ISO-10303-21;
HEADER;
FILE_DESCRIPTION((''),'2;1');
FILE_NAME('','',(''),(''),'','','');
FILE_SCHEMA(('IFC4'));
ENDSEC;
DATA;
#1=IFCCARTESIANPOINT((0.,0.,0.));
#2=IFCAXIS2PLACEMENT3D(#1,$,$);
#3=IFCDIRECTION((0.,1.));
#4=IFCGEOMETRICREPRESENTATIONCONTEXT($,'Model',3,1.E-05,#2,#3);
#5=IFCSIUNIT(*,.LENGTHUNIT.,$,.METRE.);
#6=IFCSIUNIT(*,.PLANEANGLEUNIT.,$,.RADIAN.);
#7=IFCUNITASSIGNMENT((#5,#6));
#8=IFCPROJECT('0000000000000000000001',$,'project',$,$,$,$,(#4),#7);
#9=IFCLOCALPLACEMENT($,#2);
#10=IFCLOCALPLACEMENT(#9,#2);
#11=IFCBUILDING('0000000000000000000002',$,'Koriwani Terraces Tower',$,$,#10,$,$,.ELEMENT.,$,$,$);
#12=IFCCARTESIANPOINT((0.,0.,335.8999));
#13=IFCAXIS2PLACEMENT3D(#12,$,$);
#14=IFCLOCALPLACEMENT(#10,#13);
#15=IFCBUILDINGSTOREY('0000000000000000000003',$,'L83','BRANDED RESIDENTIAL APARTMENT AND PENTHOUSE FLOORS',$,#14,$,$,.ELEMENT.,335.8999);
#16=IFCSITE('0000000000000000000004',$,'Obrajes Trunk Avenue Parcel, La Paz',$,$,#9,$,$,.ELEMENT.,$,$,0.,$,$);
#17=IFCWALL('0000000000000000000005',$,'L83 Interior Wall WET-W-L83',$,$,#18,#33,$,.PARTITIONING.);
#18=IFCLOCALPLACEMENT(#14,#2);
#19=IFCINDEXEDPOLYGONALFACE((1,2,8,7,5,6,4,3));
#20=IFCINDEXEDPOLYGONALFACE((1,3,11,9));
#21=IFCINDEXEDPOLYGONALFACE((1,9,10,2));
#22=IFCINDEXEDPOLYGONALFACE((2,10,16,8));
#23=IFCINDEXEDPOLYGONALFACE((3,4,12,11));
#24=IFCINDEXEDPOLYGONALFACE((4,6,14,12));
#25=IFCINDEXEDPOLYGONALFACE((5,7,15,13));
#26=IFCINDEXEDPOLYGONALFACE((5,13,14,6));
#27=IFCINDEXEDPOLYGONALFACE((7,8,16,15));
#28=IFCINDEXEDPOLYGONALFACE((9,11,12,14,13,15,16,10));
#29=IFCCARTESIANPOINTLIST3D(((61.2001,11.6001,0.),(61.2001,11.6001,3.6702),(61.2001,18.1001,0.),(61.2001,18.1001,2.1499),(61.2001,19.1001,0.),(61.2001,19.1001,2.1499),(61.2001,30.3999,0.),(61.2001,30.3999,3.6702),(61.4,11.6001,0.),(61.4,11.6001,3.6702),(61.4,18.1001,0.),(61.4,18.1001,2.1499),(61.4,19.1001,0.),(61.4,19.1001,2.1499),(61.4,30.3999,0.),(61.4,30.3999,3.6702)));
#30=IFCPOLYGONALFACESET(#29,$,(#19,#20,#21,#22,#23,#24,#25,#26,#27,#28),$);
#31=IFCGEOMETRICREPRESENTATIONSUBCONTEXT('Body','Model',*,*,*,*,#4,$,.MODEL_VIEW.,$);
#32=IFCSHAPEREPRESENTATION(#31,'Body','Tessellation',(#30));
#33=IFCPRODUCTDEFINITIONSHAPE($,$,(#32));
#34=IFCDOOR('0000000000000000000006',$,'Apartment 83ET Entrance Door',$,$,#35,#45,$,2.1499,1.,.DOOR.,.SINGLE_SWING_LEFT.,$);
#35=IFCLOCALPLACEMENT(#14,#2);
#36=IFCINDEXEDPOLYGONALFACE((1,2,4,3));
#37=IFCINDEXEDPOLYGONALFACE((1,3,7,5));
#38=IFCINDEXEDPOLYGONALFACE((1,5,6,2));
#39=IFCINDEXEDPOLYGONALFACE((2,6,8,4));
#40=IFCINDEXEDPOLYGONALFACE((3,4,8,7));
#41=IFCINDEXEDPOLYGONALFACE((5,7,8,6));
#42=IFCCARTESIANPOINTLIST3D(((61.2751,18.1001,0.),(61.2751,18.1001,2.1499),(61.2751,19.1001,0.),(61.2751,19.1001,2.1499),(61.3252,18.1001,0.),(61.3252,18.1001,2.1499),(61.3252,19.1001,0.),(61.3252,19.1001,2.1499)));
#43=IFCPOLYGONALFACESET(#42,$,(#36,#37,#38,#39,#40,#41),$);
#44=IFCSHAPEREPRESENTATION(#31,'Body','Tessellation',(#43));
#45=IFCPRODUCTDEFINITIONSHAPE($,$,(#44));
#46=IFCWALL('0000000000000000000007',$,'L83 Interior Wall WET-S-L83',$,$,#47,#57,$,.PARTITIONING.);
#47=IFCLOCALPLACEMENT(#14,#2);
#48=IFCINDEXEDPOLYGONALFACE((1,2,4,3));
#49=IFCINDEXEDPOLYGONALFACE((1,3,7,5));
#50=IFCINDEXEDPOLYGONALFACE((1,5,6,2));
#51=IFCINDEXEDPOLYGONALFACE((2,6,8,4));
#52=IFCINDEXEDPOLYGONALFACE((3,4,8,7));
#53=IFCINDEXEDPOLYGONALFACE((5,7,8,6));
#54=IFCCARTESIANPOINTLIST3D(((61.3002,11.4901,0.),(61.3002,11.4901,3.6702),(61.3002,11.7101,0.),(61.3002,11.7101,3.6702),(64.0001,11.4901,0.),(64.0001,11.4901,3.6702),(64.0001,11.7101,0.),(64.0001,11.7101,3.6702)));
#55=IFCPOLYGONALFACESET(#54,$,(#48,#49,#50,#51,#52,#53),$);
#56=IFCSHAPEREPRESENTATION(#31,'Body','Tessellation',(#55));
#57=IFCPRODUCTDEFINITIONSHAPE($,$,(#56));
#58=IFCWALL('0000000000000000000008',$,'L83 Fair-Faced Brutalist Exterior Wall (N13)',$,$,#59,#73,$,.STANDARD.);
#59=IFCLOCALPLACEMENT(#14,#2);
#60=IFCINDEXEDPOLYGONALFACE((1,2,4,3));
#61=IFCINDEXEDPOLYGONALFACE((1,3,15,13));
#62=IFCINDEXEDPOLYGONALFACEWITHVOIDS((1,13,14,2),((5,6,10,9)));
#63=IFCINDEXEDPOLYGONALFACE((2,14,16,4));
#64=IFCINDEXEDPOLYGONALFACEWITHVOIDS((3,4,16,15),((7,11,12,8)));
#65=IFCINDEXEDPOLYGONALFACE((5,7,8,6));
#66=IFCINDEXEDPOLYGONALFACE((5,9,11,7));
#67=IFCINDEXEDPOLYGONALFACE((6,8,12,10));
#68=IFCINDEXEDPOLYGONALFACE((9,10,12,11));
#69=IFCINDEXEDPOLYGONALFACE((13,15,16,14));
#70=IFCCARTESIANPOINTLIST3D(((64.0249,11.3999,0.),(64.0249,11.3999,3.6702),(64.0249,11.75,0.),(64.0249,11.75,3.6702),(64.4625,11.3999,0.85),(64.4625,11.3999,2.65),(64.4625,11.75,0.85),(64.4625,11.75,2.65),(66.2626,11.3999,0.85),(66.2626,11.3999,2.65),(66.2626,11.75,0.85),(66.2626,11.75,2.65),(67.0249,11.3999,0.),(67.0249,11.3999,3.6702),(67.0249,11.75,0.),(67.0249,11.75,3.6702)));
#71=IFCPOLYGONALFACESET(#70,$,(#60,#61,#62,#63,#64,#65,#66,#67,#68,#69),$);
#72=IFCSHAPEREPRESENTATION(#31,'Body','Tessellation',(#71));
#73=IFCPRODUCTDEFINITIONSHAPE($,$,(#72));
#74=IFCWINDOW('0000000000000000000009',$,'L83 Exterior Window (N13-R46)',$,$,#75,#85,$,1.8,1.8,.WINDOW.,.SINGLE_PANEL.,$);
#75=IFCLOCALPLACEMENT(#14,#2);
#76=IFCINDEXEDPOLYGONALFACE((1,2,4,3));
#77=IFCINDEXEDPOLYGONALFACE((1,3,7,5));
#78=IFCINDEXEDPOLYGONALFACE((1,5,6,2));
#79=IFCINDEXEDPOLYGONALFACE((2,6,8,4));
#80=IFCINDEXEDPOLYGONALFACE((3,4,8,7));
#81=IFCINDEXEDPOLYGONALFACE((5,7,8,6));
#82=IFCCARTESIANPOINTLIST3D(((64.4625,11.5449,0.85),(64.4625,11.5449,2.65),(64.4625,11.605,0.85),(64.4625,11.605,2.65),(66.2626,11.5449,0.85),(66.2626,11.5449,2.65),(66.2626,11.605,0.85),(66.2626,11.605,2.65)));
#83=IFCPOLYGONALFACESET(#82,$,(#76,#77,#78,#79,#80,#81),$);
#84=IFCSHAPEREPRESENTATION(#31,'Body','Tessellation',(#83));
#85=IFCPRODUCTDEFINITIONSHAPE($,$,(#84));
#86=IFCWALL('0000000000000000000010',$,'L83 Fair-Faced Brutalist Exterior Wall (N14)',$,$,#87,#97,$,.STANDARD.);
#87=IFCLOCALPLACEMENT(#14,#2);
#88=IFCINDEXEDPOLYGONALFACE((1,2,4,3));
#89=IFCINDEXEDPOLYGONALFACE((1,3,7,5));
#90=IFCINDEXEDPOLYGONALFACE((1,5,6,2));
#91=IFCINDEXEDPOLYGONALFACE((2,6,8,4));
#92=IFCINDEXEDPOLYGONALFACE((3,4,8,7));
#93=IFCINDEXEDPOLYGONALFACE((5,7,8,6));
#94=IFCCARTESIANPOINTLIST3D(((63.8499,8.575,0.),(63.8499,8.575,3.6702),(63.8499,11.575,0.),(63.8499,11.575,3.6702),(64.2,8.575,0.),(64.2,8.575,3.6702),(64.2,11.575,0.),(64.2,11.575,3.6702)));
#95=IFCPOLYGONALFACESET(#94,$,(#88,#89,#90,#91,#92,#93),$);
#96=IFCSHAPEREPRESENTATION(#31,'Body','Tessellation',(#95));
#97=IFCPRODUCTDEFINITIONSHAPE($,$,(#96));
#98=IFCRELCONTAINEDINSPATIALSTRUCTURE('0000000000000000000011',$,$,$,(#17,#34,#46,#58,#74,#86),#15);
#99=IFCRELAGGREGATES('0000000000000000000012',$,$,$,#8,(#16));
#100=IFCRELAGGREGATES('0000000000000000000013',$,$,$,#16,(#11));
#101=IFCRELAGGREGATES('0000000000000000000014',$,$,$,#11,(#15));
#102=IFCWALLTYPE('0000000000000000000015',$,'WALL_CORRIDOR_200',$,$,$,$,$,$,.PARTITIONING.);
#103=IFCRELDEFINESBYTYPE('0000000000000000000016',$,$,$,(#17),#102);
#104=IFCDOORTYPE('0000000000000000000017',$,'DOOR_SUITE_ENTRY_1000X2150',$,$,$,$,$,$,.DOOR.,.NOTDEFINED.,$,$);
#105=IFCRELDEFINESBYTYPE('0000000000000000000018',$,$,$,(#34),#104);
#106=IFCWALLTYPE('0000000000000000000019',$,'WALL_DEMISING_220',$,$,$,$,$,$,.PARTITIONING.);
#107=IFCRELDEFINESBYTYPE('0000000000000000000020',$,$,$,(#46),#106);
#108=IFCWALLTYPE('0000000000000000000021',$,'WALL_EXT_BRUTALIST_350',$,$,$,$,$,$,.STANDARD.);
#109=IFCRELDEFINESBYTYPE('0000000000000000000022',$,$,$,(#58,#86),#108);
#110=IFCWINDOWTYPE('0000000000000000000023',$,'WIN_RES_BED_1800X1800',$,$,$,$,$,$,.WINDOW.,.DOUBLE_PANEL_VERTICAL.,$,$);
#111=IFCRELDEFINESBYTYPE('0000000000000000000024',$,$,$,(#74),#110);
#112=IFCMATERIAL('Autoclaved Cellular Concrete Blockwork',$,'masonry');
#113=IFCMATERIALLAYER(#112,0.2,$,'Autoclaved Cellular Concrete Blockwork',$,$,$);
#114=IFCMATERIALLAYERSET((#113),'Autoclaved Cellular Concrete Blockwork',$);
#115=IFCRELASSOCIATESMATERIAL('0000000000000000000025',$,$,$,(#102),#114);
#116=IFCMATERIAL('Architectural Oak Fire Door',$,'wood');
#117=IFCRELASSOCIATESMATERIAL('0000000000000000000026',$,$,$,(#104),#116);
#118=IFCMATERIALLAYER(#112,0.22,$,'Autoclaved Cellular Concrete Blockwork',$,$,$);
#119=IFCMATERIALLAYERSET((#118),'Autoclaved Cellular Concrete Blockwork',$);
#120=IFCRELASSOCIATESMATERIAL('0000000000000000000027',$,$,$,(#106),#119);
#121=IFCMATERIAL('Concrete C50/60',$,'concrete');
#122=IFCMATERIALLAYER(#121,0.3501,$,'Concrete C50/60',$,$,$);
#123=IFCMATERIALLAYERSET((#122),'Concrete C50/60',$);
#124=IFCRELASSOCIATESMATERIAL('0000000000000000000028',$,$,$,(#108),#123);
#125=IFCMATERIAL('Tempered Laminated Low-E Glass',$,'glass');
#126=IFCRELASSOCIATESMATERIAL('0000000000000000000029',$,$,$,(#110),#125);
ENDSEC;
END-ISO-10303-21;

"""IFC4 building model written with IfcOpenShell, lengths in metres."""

from ifc_helpers import new_model, si_unit, direction, frame, frame_2d, origin, place, context, subcontext, project, spatial, rectangle, extrude, material, layer, layer_set, type_object, element, fill, save


model = new_model("IFC4")

# Units and contexts
model_context = context("Model", 3, precision=1e-05, world=origin(), true_north=direction((0.0, 1.0)))
body_context = subcontext(model_context, "Body", "Model", "MODEL_VIEW")
ifc_project = project(units=[si_unit("LENGTHUNIT", "METRE"), si_unit("PLANEANGLEUNIT", "RADIAN")], contexts=[model_context])

# Site, building, storey
site_placement = place(None, origin())
site = spatial("IfcSite", under=ifc_project, at=site_placement, Name="Obrajes Trunk Avenue Parcel, La Paz", CompositionType="ELEMENT", RefElevation=0.0)
building_placement = place(site_placement, origin())
building = spatial("IfcBuilding", under=site, at=building_placement, Name="Koriwani Terraces Tower", CompositionType="ELEMENT")
storey_placement = place(building_placement, frame((0.0, 0.0, 335.8999)))
storey = spatial("IfcBuildingStorey", under=building, at=storey_placement, Name="L83", Description="BRANDED RESIDENTIAL APARTMENT AND PENTHOUSE FLOORS", CompositionType="ELEMENT", Elevation=335.8999)

# Shared definitions
ifc_material_1 = material(Name="Concrete C50/60", Category="concrete")

# Wall, opening, door
ifc_material_2 = material(Name="Autoclaved Cellular Concrete Blockwork", Category="masonry")
ifc_layer_1 = layer(ifc_material_2, 0.2, Name="Autoclaved Cellular Concrete Blockwork")
ifc_layer_set_1 = layer_set([ifc_layer_1], Name="Autoclaved Cellular Concrete Blockwork")
wall_type_1 = type_object("IfcWallType", Name="WALL_CORRIDOR_200", PredefinedType="PARTITIONING", material=ifc_layer_set_1)
ifc_material_3 = material(Name="Architectural Oak Fire Door", Category="wood")
wall_1_placement = place(storey_placement, frame((61.3, 11.6001, 0.0), z_axis=(0.0, 0.0, 1.0), x_axis=(0.0, 1.0, 0.0)))
wall_1 = element("IfcWall", 1, at=wall_1_placement, inside=storey, type_object=wall_type_1, Name="L83 Interior Wall WET-W-L83", PredefinedType="PARTITIONING", context=body_context, shape_type="SweptSolid", body=[
    extrude(rectangle(XDim=18.7998, YDim=0.2, at=frame_2d((9.3999, 0.0))), origin(), (0.0, 0.0, 1.0), 3.6702),
])
opening_1_placement = place(wall_1_placement, frame((6.5, 0.0, 0.0)))
opening_1 = element("IfcOpeningElement", 2, at=opening_1_placement, cuts=wall_1, PredefinedType="OPENING", context=body_context, shape_type="SweptSolid", body=[
    extrude(rectangle(XDim=1.0, YDim=2.1499, at=frame_2d((0.5, 1.075))), frame((0.0, 0.1099, 0.0), z_axis=(0.0, -1.0, 0.0), x_axis=(1.0, 0.0, 0.0)), (0.0, 0.0, 1.0), 0.22),
])
door_type_1 = type_object("IfcDoorType", Name="DOOR_SUITE_ENTRY_1000X2150", OperationType="NOTDEFINED", PredefinedType="DOOR", material=ifc_material_3)
door_1_placement = place(opening_1_placement, origin())
door_1 = element("IfcDoor", 3, at=door_1_placement, inside=storey, type_object=door_type_1, Name="Apartment 83ET Entrance Door", OperationType="SINGLE_SWING_LEFT", OverallHeight=2.1499, OverallWidth=1.0, PredefinedType="DOOR", context=body_context, shape_type="SweptSolid", body=[
    extrude(rectangle(XDim=1.0, YDim=2.1499, at=frame_2d((0.5, 1.075))), frame((0.0, 0.0249, 0.0), z_axis=(0.0, -1.0, 0.0), x_axis=(1.0, 0.0, 0.0)), (0.0, 0.0, 1.0), 0.05),
])
fill(opening_1, door_1)

# Wall
ifc_layer_2 = layer(ifc_material_2, 0.22, Name="Autoclaved Cellular Concrete Blockwork")
ifc_layer_set_2 = layer_set([ifc_layer_2], Name="Autoclaved Cellular Concrete Blockwork")
wall_type_2 = type_object("IfcWallType", Name="WALL_DEMISING_220", PredefinedType="PARTITIONING", material=ifc_layer_set_2)
wall_2_placement = place(storey_placement, frame((61.3, 11.6001, 0.0), z_axis=(0.0, 0.0, 1.0), x_axis=(1.0, 0.0, 0.0)))
element("IfcWall", 4, at=wall_2_placement, inside=storey, type_object=wall_type_2, Name="L83 Interior Wall WET-S-L83", PredefinedType="PARTITIONING", context=body_context, shape_type="SweptSolid", body=[
    extrude(rectangle(XDim=2.7, YDim=0.22, at=frame_2d((1.3501, 0.0))), origin(), (0.0, 0.0, 1.0), 3.6702),
])

# Wall, opening, window
ifc_layer_3 = layer(ifc_material_1, 0.3501, Name="Concrete C50/60")
ifc_layer_set_3 = layer_set([ifc_layer_3], Name="Concrete C50/60")
wall_type_3 = type_object("IfcWallType", Name="WALL_EXT_BRUTALIST_350", PredefinedType="STANDARD", material=ifc_layer_set_3)
wall_3_placement = place(storey_placement, frame((67.0249, 11.575, 0.0), z_axis=(0.0, 0.0, 1.0), x_axis=(-1.0, 0.0, 0.0)))
wall_3 = element("IfcWall", 5, at=wall_3_placement, inside=storey, type_object=wall_type_3, Name="L83 Fair-Faced Brutalist Exterior Wall (N13)", PredefinedType="STANDARD", context=body_context, shape_type="SweptSolid", body=[
    extrude(rectangle(XDim=3.0, YDim=0.3501, at=frame_2d((1.5, 0.0))), origin(), (0.0, 0.0, 1.0), 3.6702),
])
opening_2_placement = place(wall_3_placement, frame((0.7625, 0.0, 0.8501)))
opening_2 = element("IfcOpeningElement", 6, at=opening_2_placement, cuts=wall_3, PredefinedType="OPENING", context=body_context, shape_type="SweptSolid", body=[
    extrude(rectangle(XDim=1.8, YDim=1.8, at=frame_2d((0.8999, 0.8999))), frame((0.0, 0.1851, 0.0), z_axis=(0.0, -1.0, 0.0), x_axis=(1.0, 0.0, 0.0)), (0.0, 0.0, 1.0), 0.3701),
])
ifc_material_4 = material(Name="Tempered Laminated Low-E Glass", Category="glass")
window_type_1 = type_object("IfcWindowType", Name="WIN_RES_BED_1800X1800", PartitioningType="DOUBLE_PANEL_VERTICAL", PredefinedType="WINDOW", material=ifc_material_4)
window_1_placement = place(opening_2_placement, origin())
window_1 = element("IfcWindow", 7, at=window_1_placement, inside=storey, type_object=window_type_1, Name="L83 Exterior Window (N13-R46)", OverallHeight=1.8, OverallWidth=1.8, PartitioningType="SINGLE_PANEL", PredefinedType="WINDOW", context=body_context, shape_type="SweptSolid", body=[
    extrude(rectangle(XDim=1.8, YDim=1.8, at=frame_2d((0.8999, 0.8999))), frame((0.0, 0.03, 0.0), z_axis=(0.0, -1.0, 0.0), x_axis=(1.0, 0.0, 0.0)), (0.0, 0.0, 1.0), 0.0601),
])
fill(opening_2, window_1)

# Wall
wall_4_placement = place(storey_placement, frame((64.0249, 11.575, 0.0), z_axis=(0.0, 0.0, 1.0), x_axis=(0.0, -1.0, 0.0)))
element("IfcWall", 8, at=wall_4_placement, inside=storey, type_object=wall_type_3, Name="L83 Fair-Faced Brutalist Exterior Wall (N14)", PredefinedType="STANDARD", context=body_context, shape_type="SweptSolid", body=[
    extrude(rectangle(XDim=3.0, YDim=0.3501, at=frame_2d((1.5, 0.0))), origin(), (0.0, 0.0, 1.0), 3.6702),
])

save(model, "model.ifc")
